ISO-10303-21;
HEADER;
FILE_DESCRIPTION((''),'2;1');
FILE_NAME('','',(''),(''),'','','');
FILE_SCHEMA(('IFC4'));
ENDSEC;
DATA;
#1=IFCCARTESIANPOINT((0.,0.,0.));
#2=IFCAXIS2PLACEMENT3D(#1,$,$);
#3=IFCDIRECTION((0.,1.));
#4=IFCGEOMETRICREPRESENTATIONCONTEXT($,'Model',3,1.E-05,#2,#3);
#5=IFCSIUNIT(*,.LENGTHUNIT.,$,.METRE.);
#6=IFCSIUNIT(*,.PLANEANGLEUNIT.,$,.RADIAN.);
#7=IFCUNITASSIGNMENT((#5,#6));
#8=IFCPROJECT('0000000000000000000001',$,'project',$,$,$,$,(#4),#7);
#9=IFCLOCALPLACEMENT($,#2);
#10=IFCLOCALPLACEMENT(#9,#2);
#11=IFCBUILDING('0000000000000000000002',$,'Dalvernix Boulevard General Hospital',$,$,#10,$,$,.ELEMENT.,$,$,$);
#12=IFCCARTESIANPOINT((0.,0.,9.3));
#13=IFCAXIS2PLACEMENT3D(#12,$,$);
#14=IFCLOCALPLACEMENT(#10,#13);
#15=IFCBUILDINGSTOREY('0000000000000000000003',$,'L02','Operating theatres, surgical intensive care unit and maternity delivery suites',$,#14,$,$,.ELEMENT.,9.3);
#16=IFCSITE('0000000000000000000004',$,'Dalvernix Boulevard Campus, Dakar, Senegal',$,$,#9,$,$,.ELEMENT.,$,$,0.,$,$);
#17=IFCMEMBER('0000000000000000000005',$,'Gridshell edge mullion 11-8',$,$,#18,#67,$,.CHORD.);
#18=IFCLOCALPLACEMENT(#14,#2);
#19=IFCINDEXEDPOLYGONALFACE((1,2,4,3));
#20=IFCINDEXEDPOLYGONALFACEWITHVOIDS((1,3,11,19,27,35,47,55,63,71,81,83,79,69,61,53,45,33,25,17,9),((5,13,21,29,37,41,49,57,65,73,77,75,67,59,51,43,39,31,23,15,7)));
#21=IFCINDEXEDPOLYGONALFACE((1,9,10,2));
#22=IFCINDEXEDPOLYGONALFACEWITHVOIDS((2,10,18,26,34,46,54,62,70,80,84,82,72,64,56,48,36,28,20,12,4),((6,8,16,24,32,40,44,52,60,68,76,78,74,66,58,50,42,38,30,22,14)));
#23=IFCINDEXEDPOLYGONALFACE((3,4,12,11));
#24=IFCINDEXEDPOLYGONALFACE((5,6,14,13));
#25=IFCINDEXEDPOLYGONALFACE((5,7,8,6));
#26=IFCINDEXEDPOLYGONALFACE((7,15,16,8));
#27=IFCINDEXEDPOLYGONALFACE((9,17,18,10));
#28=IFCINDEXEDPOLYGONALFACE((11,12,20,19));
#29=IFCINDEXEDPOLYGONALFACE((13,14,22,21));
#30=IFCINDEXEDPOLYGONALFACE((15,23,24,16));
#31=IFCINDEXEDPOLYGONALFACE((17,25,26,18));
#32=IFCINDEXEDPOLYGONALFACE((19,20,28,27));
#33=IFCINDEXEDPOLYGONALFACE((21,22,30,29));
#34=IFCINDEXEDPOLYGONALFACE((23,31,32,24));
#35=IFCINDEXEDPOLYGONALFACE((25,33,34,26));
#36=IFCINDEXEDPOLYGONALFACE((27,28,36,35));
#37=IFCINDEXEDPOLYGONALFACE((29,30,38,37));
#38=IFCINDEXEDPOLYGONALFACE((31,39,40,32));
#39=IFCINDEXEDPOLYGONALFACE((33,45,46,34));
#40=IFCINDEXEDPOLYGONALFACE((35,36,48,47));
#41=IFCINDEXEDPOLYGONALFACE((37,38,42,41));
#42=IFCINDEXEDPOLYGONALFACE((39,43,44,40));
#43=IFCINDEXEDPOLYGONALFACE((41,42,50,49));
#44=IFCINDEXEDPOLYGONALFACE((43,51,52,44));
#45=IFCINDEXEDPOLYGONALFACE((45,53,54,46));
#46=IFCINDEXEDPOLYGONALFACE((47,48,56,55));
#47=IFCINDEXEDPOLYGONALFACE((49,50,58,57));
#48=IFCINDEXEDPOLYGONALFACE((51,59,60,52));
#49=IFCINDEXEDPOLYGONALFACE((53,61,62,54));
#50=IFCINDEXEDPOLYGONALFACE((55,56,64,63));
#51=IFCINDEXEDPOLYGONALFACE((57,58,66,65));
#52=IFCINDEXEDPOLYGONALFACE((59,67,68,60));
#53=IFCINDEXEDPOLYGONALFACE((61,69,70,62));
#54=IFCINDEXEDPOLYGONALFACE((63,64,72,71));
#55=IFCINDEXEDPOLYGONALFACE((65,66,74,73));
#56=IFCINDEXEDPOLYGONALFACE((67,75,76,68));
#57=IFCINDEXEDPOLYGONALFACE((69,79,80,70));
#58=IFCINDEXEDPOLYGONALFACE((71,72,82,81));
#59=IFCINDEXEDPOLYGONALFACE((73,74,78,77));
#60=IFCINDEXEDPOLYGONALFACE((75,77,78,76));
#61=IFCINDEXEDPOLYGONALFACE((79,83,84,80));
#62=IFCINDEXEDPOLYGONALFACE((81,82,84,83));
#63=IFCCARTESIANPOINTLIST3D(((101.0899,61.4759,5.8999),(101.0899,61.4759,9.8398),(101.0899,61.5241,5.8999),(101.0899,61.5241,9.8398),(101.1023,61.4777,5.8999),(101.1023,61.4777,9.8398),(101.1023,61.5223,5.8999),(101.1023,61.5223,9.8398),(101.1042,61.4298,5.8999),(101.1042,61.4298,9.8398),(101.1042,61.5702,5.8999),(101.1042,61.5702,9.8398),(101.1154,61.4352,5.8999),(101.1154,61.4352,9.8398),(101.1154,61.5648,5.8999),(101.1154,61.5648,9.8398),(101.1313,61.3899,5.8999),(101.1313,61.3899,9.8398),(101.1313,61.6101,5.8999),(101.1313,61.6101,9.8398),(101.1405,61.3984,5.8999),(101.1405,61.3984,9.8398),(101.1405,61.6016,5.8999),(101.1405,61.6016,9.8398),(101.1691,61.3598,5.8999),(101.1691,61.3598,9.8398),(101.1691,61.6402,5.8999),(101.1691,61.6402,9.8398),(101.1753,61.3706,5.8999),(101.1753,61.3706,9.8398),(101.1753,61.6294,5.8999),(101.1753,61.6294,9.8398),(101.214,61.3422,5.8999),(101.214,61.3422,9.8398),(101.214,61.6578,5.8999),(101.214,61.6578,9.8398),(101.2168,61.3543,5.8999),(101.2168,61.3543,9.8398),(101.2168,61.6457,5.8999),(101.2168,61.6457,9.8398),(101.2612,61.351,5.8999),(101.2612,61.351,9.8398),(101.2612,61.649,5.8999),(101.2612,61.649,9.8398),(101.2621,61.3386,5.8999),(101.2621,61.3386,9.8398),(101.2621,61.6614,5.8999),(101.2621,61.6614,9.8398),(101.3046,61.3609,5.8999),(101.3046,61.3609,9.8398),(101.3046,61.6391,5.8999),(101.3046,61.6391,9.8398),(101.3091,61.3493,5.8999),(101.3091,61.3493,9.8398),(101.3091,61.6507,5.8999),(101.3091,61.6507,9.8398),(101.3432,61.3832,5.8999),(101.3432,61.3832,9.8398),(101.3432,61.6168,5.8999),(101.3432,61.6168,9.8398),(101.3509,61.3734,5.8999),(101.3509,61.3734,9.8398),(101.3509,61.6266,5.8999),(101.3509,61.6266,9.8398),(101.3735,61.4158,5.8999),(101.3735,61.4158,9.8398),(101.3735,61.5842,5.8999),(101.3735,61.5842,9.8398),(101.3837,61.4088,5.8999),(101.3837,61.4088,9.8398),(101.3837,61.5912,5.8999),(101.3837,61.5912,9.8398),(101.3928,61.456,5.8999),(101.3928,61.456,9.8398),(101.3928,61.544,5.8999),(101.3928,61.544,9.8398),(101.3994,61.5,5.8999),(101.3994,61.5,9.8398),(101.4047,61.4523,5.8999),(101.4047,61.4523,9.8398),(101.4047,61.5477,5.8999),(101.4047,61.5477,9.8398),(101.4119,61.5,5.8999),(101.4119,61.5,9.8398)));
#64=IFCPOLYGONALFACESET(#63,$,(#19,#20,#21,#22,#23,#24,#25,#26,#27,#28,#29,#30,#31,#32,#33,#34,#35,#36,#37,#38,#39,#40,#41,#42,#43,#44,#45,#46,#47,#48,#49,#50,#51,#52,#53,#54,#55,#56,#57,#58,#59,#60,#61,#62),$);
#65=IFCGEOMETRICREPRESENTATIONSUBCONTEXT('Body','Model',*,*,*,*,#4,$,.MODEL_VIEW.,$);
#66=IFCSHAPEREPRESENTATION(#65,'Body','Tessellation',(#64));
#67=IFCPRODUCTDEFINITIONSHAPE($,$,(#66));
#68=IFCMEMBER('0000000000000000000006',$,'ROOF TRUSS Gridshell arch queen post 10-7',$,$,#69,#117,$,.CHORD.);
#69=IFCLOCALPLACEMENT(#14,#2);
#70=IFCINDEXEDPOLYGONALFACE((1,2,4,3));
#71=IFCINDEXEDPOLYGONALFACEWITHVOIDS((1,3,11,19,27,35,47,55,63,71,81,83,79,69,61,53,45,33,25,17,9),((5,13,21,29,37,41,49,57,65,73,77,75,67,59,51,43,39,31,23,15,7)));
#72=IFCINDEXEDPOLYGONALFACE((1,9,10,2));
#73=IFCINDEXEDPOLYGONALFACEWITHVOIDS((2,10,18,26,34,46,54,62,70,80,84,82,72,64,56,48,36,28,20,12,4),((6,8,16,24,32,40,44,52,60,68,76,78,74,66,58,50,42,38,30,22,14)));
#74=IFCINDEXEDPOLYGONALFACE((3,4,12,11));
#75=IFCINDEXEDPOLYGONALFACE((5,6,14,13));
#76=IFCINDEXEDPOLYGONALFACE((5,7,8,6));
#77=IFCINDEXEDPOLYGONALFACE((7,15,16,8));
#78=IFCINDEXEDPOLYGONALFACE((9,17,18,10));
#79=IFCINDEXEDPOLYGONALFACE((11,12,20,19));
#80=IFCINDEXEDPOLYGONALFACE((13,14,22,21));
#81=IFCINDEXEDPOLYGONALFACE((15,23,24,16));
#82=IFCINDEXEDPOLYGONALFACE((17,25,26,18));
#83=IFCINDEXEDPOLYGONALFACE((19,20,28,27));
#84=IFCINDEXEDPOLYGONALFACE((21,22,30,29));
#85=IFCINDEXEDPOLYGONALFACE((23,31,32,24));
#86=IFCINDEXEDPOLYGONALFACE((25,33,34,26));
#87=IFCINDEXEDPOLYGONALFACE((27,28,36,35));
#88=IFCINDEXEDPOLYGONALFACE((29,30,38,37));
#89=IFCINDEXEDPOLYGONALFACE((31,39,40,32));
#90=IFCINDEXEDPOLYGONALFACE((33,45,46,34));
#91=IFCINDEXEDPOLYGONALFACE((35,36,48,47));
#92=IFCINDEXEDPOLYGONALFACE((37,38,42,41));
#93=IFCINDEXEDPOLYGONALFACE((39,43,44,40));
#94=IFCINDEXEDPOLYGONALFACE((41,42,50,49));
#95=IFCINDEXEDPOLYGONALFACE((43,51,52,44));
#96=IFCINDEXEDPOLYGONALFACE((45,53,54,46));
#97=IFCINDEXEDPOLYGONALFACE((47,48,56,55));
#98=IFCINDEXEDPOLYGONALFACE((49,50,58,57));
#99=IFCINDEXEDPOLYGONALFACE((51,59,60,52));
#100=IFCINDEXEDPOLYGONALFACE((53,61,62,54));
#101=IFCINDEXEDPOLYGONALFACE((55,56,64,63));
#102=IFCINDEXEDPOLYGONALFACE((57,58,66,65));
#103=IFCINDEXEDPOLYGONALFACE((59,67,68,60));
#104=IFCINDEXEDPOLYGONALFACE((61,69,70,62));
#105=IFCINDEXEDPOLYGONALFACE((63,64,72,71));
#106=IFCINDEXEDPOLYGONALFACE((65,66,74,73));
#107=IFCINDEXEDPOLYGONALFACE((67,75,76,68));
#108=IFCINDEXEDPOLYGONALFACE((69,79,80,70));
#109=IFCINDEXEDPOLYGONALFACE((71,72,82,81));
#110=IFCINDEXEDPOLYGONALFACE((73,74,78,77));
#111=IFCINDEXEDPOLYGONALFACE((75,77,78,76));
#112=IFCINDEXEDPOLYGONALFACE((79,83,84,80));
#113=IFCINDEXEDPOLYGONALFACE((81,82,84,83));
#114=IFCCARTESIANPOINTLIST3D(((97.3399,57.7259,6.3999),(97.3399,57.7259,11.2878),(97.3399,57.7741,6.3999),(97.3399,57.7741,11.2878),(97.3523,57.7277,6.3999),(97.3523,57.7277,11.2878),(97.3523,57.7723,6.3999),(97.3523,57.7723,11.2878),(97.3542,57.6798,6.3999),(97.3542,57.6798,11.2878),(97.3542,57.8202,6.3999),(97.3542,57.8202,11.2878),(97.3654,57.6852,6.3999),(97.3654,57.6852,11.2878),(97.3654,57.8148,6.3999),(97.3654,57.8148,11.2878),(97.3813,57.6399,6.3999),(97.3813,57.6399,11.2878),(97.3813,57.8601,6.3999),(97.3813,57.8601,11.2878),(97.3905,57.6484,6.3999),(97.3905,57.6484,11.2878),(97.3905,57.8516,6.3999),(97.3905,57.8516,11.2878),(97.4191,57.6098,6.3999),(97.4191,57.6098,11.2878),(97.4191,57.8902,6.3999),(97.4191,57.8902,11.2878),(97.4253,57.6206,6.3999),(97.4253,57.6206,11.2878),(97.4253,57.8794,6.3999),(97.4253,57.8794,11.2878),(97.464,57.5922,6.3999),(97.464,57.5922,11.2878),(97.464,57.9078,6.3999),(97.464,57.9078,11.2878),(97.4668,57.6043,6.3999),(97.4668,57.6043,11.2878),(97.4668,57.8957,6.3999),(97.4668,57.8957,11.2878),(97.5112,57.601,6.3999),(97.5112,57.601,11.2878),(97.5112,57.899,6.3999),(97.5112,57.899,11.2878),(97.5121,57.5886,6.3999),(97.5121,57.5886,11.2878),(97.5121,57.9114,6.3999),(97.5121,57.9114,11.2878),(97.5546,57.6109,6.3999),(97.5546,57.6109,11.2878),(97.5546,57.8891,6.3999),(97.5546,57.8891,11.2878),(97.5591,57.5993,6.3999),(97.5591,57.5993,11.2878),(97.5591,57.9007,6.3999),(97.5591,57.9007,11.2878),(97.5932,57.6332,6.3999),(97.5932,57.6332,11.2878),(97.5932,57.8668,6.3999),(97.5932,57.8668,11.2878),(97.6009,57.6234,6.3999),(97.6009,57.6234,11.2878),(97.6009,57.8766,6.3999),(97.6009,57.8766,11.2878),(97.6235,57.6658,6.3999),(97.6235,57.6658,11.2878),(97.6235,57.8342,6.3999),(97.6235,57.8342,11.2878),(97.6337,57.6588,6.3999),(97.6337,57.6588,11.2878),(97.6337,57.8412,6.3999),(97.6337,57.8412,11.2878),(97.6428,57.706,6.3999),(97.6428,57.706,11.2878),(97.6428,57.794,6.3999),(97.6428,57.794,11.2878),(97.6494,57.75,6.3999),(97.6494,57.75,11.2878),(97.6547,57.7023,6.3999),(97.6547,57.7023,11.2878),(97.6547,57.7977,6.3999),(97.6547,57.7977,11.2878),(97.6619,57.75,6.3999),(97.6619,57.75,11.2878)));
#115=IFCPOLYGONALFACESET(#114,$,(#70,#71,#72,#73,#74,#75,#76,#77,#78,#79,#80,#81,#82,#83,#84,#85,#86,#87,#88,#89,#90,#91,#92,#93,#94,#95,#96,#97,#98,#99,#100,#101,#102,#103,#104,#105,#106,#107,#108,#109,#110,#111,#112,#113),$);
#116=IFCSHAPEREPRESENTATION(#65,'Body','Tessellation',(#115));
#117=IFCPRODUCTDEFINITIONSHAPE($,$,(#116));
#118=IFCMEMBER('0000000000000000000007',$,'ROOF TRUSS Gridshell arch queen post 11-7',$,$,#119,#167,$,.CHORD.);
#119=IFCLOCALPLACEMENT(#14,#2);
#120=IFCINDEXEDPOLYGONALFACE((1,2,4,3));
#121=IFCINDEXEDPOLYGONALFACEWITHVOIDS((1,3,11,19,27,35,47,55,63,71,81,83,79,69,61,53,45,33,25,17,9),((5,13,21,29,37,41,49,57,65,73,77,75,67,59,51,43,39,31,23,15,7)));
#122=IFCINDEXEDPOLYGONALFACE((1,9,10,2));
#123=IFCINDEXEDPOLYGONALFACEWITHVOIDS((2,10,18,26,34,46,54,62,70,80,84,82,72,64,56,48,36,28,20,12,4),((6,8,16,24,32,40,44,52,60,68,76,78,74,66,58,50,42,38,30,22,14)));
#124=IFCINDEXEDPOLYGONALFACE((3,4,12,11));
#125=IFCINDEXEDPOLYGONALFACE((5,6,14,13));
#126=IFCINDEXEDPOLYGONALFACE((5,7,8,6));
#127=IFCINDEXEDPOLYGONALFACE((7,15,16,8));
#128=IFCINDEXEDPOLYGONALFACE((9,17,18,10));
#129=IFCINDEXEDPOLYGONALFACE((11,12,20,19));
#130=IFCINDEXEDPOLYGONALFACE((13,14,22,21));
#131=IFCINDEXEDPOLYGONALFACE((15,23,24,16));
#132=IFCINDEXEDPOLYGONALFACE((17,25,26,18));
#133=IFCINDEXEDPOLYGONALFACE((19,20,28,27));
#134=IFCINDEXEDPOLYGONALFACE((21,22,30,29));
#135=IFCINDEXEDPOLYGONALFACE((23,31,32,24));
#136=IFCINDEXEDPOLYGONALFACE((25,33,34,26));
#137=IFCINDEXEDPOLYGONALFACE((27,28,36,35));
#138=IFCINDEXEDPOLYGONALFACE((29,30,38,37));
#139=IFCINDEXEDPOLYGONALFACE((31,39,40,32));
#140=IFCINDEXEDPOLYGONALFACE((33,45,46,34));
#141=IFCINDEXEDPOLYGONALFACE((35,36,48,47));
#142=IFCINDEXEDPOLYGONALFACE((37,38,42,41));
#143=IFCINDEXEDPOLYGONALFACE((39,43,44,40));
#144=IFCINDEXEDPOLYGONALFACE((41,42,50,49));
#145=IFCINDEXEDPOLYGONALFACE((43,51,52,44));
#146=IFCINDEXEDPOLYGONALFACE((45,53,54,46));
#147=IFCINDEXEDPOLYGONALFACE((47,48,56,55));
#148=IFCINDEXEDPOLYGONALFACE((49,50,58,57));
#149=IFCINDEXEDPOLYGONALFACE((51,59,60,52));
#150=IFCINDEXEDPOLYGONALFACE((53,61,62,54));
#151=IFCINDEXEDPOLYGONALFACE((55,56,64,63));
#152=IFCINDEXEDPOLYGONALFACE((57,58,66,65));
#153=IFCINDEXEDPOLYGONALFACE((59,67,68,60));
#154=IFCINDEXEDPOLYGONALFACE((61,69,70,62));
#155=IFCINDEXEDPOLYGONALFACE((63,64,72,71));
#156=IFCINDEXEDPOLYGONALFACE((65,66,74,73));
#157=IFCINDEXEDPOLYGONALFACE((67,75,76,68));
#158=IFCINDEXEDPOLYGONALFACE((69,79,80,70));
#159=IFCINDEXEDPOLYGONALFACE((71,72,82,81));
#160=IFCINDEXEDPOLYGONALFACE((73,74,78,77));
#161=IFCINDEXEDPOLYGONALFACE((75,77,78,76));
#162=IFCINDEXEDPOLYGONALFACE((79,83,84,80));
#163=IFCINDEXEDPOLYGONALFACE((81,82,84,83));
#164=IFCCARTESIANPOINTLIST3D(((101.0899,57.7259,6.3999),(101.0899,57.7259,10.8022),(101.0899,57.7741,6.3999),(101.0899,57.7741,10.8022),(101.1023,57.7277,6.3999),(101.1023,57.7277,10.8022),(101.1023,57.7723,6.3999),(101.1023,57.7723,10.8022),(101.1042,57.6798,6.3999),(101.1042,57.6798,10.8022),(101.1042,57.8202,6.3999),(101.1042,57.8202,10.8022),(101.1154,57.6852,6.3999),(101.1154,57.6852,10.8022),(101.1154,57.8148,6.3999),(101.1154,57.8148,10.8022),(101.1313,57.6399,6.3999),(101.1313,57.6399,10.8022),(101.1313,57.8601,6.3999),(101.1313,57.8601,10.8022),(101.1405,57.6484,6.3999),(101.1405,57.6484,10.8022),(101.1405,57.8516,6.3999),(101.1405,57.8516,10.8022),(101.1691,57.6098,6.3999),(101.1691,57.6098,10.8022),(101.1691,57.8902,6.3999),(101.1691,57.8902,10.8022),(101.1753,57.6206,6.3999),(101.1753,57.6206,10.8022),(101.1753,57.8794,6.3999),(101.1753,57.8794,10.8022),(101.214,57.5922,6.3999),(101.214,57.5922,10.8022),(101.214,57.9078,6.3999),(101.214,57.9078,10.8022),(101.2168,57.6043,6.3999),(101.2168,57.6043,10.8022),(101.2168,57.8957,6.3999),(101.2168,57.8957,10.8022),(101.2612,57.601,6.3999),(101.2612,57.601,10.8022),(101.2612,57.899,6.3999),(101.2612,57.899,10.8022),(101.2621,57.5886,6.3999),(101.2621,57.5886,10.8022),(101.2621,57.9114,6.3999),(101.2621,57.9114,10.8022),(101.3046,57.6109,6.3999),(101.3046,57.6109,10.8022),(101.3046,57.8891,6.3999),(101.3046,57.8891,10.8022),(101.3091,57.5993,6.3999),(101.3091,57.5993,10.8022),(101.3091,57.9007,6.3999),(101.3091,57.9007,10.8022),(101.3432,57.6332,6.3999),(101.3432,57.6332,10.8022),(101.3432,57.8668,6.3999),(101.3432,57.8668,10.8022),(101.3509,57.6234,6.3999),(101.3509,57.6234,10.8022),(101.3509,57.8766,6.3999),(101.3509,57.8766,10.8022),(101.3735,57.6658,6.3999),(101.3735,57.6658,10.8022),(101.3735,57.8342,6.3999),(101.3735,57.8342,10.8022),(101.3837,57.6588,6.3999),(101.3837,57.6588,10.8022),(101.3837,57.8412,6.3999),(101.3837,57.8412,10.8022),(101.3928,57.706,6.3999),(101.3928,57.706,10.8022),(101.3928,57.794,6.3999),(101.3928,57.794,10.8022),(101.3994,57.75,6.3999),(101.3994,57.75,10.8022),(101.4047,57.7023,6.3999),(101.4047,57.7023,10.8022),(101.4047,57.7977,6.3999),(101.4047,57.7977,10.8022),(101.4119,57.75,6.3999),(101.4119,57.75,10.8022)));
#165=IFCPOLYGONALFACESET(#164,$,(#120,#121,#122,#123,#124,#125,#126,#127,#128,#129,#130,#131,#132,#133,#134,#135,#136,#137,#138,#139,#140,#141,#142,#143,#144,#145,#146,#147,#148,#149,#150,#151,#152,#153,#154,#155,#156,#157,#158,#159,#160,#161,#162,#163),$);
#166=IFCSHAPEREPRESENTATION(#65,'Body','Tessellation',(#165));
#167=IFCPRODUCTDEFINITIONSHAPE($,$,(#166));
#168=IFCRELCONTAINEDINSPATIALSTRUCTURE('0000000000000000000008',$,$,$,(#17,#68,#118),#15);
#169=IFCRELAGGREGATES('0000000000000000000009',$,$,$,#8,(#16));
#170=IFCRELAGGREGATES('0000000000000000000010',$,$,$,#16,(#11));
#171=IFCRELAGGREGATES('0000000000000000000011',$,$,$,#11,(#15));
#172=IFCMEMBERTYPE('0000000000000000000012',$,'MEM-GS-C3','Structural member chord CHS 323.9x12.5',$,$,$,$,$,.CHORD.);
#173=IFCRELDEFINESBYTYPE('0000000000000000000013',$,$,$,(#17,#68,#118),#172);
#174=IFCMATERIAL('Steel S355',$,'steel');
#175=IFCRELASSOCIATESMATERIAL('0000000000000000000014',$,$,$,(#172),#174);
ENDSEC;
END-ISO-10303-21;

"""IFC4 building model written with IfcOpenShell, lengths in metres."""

from ifc_helpers import new_model, si_unit, direction, frame, origin, origin_2d, place, context, subcontext, project, spatial, hollow_circle, extrude, material, material_profile, profile_set, type_object, element, save


model = new_model("IFC4")

# Units and contexts
model_context = context("Model", 3, precision=1e-05, world=origin(), true_north=direction((0.0, 1.0)))
body_context = subcontext(model_context, "Body", "Model", "MODEL_VIEW")
ifc_project = project(units=[si_unit("LENGTHUNIT", "METRE"), si_unit("PLANEANGLEUNIT", "RADIAN")], contexts=[model_context])

# Site, building, storey
site_placement = place(None, origin())
site = spatial("IfcSite", under=ifc_project, at=site_placement, Name="Dalvernix Boulevard Campus, Dakar, Senegal", CompositionType="ELEMENT", RefElevation=0.0)
building_placement = place(site_placement, origin())
building = spatial("IfcBuilding", under=site, at=building_placement, Name="Dalvernix Boulevard General Hospital", CompositionType="ELEMENT")
storey_placement = place(building_placement, frame((0.0, 0.0, 9.3)))
storey = spatial("IfcBuildingStorey", under=building, at=storey_placement, Name="L02", Description="Operating theatres, surgical intensive care unit and maternity delivery suites", CompositionType="ELEMENT", Elevation=9.3)

# Shared definitions
ifc_material_1 = material(Name="Steel S355", Category="steel")

# Members
ifc_material_profile_1 = material_profile(ifc_material_1, hollow_circle(Radius=0.1619, WallThickness=0.0125, at=origin_2d()), Name="CHS 323.9x12.5")
ifc_profile_set_1 = profile_set([ifc_material_profile_1], Name="Steel S355")
member_type_1 = type_object("IfcMemberType", Name="MEM-GS-C3", Description="Structural member chord CHS 323.9x12.5", PredefinedType="CHORD", material=ifc_profile_set_1)
member_1_placement = place(storey_placement, frame((101.25, 61.5, 5.8999), z_axis=(0.0, 0.0, 1.0), x_axis=(1.0, 0.0, 0.0)))
element("IfcMember", 1, at=member_1_placement, inside=storey, type_object=member_type_1, Name="Gridshell edge mullion 11-8", PredefinedType="CHORD", context=body_context, shape_type="SweptSolid", body=[
    extrude(hollow_circle(Radius=0.1619, WallThickness=0.0125, at=origin_2d()), origin(), (0.0, 0.0, 1.0), 3.9399),
])
member_2_placement = place(storey_placement, frame((97.5, 57.75, 6.3999), z_axis=(0.0, 0.0, 1.0), x_axis=(1.0, 0.0, 0.0)))
element("IfcMember", 2, at=member_2_placement, inside=storey, type_object=member_type_1, Name="ROOF TRUSS Gridshell arch queen post 10-7", PredefinedType="CHORD", context=body_context, shape_type="SweptSolid", body=[
    extrude(hollow_circle(Radius=0.1619, WallThickness=0.0125, at=origin_2d()), origin(), (0.0, 0.0, 1.0), 4.8879),
])
member_3_placement = place(storey_placement, frame((101.25, 57.75, 6.3999), z_axis=(0.0, 0.0, 1.0), x_axis=(1.0, 0.0, 0.0)))
element("IfcMember", 3, at=member_3_placement, inside=storey, type_object=member_type_1, Name="ROOF TRUSS Gridshell arch queen post 11-7", PredefinedType="CHORD", context=body_context, shape_type="SweptSolid", body=[
    extrude(hollow_circle(Radius=0.1619, WallThickness=0.0125, at=origin_2d()), origin(), (0.0, 0.0, 1.0), 4.4023),
])

save(model, "model.ifc")
